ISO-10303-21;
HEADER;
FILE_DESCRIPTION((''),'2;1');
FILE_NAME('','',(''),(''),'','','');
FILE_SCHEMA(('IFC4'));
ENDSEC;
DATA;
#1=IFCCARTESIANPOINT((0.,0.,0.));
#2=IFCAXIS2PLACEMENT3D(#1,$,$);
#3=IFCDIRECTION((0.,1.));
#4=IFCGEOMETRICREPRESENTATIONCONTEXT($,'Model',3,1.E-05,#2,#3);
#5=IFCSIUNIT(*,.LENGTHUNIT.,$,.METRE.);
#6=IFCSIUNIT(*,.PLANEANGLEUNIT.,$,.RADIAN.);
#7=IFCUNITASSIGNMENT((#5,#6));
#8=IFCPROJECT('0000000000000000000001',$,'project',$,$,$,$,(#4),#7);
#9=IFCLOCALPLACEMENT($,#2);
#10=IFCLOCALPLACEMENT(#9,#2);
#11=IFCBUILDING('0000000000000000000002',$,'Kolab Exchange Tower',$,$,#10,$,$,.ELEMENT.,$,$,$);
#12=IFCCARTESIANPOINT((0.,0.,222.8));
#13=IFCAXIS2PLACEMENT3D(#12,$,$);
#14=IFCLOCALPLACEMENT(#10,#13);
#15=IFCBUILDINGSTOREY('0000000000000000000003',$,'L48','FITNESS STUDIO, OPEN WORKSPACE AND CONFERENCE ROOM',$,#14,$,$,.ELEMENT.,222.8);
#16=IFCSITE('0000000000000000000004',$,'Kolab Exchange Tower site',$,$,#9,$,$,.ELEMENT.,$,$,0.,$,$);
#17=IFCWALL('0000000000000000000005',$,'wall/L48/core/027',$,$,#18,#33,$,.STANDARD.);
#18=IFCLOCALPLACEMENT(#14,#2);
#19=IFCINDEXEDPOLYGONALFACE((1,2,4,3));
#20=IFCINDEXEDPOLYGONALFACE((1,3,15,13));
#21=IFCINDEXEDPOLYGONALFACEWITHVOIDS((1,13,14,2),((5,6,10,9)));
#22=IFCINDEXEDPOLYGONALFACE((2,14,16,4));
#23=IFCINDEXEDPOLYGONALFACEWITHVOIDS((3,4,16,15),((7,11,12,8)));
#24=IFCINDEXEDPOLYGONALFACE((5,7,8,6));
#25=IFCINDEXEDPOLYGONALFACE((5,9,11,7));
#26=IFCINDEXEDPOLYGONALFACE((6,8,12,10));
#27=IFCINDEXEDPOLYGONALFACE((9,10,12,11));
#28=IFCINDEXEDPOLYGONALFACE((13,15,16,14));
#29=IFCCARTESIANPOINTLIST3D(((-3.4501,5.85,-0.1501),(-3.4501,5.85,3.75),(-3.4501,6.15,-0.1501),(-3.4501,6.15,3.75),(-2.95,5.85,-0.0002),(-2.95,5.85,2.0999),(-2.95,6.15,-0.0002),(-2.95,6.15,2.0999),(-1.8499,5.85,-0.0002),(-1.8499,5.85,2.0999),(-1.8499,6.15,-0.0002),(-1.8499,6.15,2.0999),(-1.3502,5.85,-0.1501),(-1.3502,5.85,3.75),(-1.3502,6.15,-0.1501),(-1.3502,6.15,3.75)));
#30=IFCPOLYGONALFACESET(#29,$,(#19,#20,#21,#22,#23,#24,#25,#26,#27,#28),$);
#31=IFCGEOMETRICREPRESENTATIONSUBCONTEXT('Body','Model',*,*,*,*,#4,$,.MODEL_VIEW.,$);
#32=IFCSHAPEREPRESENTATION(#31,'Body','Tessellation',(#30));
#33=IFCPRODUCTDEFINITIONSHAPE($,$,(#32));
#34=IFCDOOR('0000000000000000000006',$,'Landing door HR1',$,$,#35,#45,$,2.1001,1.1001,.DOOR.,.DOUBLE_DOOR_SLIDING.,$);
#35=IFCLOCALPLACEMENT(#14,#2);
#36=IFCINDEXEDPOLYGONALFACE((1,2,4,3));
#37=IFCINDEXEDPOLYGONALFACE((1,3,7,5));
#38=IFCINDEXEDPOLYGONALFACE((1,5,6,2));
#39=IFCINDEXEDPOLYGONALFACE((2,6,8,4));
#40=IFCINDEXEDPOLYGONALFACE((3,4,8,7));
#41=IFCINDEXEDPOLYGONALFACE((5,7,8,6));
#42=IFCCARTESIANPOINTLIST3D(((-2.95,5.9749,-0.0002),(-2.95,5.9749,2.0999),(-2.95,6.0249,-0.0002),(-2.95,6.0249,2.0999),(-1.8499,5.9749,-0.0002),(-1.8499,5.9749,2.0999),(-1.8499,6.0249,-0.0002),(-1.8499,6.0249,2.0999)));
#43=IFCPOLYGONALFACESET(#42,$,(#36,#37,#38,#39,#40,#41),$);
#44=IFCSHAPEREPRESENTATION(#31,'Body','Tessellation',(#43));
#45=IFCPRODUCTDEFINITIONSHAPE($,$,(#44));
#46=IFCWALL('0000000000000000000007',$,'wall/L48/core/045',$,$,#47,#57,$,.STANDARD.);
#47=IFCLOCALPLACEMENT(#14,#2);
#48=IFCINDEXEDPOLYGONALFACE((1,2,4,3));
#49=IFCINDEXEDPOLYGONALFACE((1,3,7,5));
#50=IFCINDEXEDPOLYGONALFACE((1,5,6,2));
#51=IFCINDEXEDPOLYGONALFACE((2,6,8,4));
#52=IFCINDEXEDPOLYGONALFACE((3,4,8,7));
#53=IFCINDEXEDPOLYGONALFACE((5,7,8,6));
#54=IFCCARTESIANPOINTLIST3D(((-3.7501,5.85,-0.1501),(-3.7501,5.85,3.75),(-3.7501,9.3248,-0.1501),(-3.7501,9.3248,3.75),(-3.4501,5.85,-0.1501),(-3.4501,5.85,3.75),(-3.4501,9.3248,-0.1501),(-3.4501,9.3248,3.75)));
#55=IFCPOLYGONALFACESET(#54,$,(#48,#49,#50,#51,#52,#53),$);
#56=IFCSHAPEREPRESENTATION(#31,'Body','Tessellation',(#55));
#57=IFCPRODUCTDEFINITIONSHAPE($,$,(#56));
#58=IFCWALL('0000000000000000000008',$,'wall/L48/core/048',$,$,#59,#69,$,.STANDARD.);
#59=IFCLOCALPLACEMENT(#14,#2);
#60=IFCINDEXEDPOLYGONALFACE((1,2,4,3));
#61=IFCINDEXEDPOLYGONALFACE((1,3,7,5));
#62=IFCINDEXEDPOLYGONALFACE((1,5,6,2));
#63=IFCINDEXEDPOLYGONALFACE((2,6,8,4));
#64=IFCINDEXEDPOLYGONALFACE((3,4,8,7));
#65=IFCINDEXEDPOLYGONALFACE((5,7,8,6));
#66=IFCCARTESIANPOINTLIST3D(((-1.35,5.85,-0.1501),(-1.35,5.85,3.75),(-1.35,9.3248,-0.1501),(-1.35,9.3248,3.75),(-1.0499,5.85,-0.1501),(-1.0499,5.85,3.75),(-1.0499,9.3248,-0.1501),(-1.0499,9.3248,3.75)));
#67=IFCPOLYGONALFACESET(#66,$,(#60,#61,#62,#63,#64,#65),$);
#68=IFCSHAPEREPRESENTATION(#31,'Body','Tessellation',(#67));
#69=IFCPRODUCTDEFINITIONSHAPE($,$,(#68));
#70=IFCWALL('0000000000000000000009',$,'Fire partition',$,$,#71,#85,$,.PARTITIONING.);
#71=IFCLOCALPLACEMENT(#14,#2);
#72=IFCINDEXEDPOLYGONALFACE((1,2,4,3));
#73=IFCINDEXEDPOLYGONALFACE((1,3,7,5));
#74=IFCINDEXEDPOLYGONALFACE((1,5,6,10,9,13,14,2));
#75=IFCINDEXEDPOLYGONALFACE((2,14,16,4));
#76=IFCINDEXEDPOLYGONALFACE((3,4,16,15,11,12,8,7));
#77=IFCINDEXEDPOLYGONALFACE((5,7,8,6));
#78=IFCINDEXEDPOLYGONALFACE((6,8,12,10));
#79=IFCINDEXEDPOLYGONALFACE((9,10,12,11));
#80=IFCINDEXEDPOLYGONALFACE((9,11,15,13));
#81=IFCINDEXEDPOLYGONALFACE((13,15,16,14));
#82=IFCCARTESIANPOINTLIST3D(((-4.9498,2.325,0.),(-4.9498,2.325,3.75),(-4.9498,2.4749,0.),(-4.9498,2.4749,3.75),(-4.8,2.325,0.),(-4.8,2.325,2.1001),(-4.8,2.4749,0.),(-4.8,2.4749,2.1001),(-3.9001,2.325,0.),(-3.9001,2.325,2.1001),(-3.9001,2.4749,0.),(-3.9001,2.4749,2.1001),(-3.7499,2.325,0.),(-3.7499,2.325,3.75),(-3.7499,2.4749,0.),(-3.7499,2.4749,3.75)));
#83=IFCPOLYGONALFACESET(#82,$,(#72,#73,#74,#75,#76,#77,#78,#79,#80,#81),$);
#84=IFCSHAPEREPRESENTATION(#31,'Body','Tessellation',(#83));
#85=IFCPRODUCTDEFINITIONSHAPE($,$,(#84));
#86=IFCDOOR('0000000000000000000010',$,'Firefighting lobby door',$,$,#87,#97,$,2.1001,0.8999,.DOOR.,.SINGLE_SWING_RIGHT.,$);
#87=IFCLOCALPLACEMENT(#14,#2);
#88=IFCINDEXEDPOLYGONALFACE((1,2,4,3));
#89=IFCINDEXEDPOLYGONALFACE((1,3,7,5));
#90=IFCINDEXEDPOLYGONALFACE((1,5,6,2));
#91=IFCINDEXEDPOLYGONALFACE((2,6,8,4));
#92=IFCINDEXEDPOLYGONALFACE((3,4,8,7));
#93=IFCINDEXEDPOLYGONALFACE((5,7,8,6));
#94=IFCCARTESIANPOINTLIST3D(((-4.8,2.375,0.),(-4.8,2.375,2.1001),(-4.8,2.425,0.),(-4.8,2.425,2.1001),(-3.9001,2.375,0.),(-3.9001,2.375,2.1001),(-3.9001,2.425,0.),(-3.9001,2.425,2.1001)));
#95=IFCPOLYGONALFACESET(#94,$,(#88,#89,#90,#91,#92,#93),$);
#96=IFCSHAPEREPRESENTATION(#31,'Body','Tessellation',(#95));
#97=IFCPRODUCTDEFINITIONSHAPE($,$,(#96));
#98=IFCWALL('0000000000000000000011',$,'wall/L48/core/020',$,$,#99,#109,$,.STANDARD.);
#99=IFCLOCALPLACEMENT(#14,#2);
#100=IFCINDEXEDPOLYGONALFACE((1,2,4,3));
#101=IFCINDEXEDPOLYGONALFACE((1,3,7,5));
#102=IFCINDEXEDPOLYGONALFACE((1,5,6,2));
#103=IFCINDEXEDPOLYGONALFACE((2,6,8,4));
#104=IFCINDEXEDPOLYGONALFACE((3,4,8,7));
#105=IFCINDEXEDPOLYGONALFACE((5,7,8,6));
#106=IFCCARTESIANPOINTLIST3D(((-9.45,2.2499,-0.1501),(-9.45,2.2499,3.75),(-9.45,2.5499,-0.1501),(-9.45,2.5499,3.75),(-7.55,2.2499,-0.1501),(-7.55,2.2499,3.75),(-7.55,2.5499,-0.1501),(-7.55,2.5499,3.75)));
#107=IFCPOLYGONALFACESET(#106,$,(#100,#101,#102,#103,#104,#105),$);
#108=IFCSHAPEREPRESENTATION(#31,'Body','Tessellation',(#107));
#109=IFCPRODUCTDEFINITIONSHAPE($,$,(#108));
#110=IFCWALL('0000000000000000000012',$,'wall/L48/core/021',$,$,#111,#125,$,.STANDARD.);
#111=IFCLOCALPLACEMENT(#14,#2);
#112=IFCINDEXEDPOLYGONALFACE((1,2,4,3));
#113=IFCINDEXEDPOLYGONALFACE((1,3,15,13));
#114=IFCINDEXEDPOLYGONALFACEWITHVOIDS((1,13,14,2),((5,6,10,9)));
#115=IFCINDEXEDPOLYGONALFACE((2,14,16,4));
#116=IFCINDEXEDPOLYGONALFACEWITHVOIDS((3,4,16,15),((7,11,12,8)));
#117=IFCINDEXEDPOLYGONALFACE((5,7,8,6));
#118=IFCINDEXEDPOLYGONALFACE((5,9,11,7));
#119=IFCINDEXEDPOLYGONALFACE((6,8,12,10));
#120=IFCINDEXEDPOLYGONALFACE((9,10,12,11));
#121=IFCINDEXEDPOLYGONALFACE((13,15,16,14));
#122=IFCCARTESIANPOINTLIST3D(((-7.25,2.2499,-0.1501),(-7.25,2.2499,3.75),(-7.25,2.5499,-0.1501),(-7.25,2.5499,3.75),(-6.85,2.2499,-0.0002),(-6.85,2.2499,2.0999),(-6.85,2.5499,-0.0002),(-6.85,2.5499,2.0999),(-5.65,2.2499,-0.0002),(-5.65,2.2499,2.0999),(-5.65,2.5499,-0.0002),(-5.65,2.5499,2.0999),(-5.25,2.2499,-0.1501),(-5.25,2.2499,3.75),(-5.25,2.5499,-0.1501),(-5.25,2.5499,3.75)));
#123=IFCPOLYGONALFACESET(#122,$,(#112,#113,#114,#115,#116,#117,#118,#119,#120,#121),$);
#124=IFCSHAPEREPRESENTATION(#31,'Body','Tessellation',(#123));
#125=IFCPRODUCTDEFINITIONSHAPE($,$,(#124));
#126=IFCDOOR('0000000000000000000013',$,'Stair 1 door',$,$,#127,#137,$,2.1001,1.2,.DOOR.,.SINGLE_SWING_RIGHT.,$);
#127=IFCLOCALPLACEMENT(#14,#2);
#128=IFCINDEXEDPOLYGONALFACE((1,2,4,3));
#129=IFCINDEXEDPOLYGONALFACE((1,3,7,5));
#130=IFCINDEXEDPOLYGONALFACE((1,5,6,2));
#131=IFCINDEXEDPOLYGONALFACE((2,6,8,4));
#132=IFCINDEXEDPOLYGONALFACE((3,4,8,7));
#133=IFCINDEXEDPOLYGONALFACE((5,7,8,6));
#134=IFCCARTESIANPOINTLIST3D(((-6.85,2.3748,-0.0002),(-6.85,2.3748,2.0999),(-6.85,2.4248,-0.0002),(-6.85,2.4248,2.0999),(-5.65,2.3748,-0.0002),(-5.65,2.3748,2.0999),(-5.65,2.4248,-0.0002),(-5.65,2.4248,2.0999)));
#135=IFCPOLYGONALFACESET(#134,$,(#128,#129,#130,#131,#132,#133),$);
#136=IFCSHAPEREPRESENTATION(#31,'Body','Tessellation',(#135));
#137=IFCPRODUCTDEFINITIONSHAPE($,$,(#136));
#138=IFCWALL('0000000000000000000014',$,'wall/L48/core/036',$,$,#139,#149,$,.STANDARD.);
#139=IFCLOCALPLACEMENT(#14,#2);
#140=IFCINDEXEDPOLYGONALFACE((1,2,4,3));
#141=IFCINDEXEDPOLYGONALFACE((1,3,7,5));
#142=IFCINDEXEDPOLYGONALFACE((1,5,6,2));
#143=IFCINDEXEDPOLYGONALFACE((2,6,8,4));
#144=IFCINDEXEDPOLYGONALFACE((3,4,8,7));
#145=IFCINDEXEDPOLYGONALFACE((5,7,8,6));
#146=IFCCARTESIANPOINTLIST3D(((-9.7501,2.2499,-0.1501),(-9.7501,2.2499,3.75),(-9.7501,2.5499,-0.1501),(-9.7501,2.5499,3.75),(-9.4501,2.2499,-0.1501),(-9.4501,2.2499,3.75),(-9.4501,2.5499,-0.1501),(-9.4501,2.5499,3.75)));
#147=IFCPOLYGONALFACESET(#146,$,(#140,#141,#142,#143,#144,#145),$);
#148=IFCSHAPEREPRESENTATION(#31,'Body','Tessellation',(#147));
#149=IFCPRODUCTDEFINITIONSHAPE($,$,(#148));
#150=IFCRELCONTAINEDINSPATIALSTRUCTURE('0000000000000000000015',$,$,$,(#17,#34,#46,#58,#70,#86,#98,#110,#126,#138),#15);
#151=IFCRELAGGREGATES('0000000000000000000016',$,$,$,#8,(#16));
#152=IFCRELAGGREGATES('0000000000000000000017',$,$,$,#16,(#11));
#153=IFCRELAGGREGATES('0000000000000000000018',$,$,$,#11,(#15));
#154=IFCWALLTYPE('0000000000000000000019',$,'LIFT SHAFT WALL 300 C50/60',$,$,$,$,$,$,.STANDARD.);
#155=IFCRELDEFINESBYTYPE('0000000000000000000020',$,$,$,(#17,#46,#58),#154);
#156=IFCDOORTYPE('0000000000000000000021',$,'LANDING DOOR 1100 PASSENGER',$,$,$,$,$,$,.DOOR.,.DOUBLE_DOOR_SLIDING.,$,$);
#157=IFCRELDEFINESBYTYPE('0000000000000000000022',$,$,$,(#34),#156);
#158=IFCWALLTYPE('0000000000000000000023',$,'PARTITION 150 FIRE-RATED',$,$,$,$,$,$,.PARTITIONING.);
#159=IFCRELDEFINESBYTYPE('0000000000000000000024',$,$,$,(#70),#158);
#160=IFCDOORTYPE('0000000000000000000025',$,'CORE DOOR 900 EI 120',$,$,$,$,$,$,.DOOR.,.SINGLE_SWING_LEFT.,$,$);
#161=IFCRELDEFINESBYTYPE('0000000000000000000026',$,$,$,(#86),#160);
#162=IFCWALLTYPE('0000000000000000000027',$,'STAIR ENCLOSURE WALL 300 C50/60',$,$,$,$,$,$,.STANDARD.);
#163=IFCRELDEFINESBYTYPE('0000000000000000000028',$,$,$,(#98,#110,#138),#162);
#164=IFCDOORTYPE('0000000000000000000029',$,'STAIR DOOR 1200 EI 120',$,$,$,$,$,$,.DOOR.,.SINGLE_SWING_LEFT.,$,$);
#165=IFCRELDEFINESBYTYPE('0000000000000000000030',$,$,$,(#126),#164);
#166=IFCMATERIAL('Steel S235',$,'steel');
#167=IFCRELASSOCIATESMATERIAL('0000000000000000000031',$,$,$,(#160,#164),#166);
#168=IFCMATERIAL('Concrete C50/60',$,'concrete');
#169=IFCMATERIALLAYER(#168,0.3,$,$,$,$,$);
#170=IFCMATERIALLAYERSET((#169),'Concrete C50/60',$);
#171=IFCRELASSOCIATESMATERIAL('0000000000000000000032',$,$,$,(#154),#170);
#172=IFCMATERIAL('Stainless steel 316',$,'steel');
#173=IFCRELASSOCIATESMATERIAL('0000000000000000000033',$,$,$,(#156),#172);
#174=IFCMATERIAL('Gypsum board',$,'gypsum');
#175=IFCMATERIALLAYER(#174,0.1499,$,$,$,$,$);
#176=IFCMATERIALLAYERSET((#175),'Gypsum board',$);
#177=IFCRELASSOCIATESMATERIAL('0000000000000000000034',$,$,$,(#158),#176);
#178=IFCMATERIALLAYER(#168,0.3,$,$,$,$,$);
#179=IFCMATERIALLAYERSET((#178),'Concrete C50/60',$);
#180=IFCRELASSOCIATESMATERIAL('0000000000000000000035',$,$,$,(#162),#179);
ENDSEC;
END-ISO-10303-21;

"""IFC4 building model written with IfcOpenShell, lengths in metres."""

from ifc_helpers import new_model, si_unit, direction, frame, frame_2d, origin, place, context, subcontext, project, spatial, rectangle, extrude, material, layer, layer_set, type_object, element, fill, save


model = new_model("IFC4")

# Units and contexts
model_context = context("Model", 3, precision=1e-05, world=origin(), true_north=direction((0.0, 1.0)))
body_context = subcontext(model_context, "Body", "Model", "MODEL_VIEW")
ifc_project = project(units=[si_unit("LENGTHUNIT", "METRE"), si_unit("PLANEANGLEUNIT", "RADIAN")], contexts=[model_context])

# Site, building, storey
site_placement = place(None, origin())
site = spatial("IfcSite", under=ifc_project, at=site_placement, Name="Kolab Exchange Tower site", CompositionType="ELEMENT", RefElevation=0.0)
building_placement = place(site_placement, origin())
building = spatial("IfcBuilding", under=site, at=building_placement, Name="Kolab Exchange Tower", CompositionType="ELEMENT")
storey_placement = place(building_placement, frame((0.0, 0.0, 222.8)))
storey = spatial("IfcBuildingStorey", under=building, at=storey_placement, Name="L48", Description="FITNESS STUDIO, OPEN WORKSPACE AND CONFERENCE ROOM", CompositionType="ELEMENT", Elevation=222.8)

# Shared definitions
ifc_material_1 = material(Name="Concrete C50/60", Category="concrete")
ifc_material_2 = material(Name="Steel S235", Category="steel")
door_type_1 = type_object("IfcDoorType", Name="CORE DOOR 900 EI 120", OperationType="SINGLE_SWING_LEFT", PredefinedType="DOOR", material=ifc_material_2)

# Shared definitions
ifc_layer_1 = layer(ifc_material_1, 0.3)
ifc_layer_set_1 = layer_set([ifc_layer_1], Name="Concrete C50/60")
wall_type_1 = type_object("IfcWallType", Name="LIFT SHAFT WALL 300 C50/60", PredefinedType="STANDARD", material=ifc_layer_set_1)

# Wall, opening, door
ifc_material_3 = material(Name="Stainless steel 316", Category="steel")
door_type_2 = type_object("IfcDoorType", Name="LANDING DOOR 1100 PASSENGER", OperationType="DOUBLE_DOOR_SLIDING", PredefinedType="DOOR", material=ifc_material_3)
wall_1_placement = place(storey_placement, frame((-3.45, 6.0, -0.1501), z_axis=(0.0, 0.0, 1.0), x_axis=(1.0, 0.0, 0.0)))
wall_1 = element("IfcWall", 1, at=wall_1_placement, inside=storey, type_object=wall_type_1, Name="wall/L48/core/027", PredefinedType="STANDARD", context=body_context, shape_type="SweptSolid", body=[
    extrude(rectangle(XDim=2.0999, YDim=0.3, at=frame_2d((1.0498, 0.0))), origin(), (0.0, 0.0, 1.0), 3.9001),
])
opening_1_placement = place(wall_1_placement, frame((0.5, 0.0, 0.1499)))
opening_1 = element("IfcOpeningElement", 2, at=opening_1_placement, cuts=wall_1, PredefinedType="OPENING", context=body_context, shape_type="SweptSolid", body=[
    extrude(rectangle(XDim=1.1001, YDim=2.1001, at=frame_2d((0.55, 1.05))), frame((0.0, 0.1602, 0.0), z_axis=(0.0, -1.0, 0.0), x_axis=(1.0, 0.0, 0.0)), (0.0, 0.0, 1.0), 0.3201),
])
door_1_placement = place(opening_1_placement, origin())
door_1 = element("IfcDoor", 3, at=door_1_placement, inside=storey, type_object=door_type_2, Name="Landing door HR1", OperationType="DOUBLE_DOOR_SLIDING", OverallHeight=2.1001, OverallWidth=1.1001, PredefinedType="DOOR", context=body_context, shape_type="SweptSolid", body=[
    extrude(rectangle(XDim=1.1001, YDim=2.1001, at=frame_2d((0.55, 1.05))), frame((0.0, 0.0249, 0.0), z_axis=(0.0, -1.0, 0.0), x_axis=(1.0, 0.0, 0.0)), (0.0, 0.0, 1.0), 0.05),
])
fill(opening_1, door_1)

# Walls
for number, where, z_axis, x_axis, name in (
    (4, (-3.6001, 5.8501, -0.1501), (0.0, 0.0, 1.0), (0.0, 1.0, 0.0), "wall/L48/core/045"),
    (5, (-1.2, 5.8501, -0.1501), (0.0, 0.0, 1.0), (0.0, 1.0, 0.0), "wall/L48/core/048"),
):
    element("IfcWall", number, at=place(storey_placement, frame(where, z_axis=z_axis, x_axis=x_axis)), inside=storey, type_object=wall_type_1, Name=name, PredefinedType="STANDARD", context=body_context, shape_type="SweptSolid", body=[
        extrude(rectangle(XDim=3.4749, YDim=0.3, at=frame_2d((1.7373, 0.0))), origin(), (0.0, 0.0, 1.0), 3.9001),
    ])

# Wall, opening, door
ifc_material_4 = material(Name="Gypsum board", Category="gypsum")
ifc_layer_2 = layer(ifc_material_4, 0.1499)
ifc_layer_set_2 = layer_set([ifc_layer_2], Name="Gypsum board")
wall_type_2 = type_object("IfcWallType", Name="PARTITION 150 FIRE-RATED", PredefinedType="PARTITIONING", material=ifc_layer_set_2)
wall_2_placement = place(storey_placement, frame((-4.95, 2.3999, 0.0), z_axis=(0.0, 0.0, 1.0), x_axis=(1.0, 0.0, 0.0)))
wall_2 = element("IfcWall", 6, at=wall_2_placement, inside=storey, type_object=wall_type_2, Name="Fire partition", PredefinedType="PARTITIONING", context=body_context, shape_type="SweptSolid", body=[
    extrude(rectangle(XDim=1.2, YDim=0.1499, at=frame_2d((0.6001, 0.0))), origin(), (0.0, 0.0, 1.0), 3.75),
])
opening_2_placement = place(wall_2_placement, frame((0.1499, 0.0, 0.0)))
opening_2 = element("IfcOpeningElement", 7, at=opening_2_placement, cuts=wall_2, PredefinedType="OPENING", context=body_context, shape_type="SweptSolid", body=[
    extrude(rectangle(XDim=0.8999, YDim=2.1001, at=frame_2d((0.45, 1.05))), frame((0.0, 0.085, 0.0), z_axis=(0.0, -1.0, 0.0), x_axis=(1.0, 0.0, 0.0)), (0.0, 0.0, 1.0), 0.1699),
])
door_2_placement = place(opening_2_placement, frame((0.8999, 0.0, 0.0), z_axis=(0.0, 0.0, 1.0), x_axis=(-1.0, 0.0, 0.0)))
door_2 = element("IfcDoor", 8, at=door_2_placement, inside=storey, type_object=door_type_1, Name="Firefighting lobby door", OperationType="SINGLE_SWING_RIGHT", OverallHeight=2.1001, OverallWidth=0.8999, PredefinedType="DOOR", context=body_context, shape_type="SweptSolid", body=[
    extrude(rectangle(XDim=0.8999, YDim=2.1001, at=frame_2d((0.45, 1.05))), frame((0.0, 0.0249, 0.0), z_axis=(0.0, -1.0, 0.0), x_axis=(1.0, 0.0, 0.0)), (0.0, 0.0, 1.0), 0.05),
])
fill(opening_2, door_2)

# Wall
ifc_layer_3 = layer(ifc_material_1, 0.3)
ifc_layer_set_3 = layer_set([ifc_layer_3], Name="Concrete C50/60")
wall_type_3 = type_object("IfcWallType", Name="STAIR ENCLOSURE WALL 300 C50/60", PredefinedType="STANDARD", material=ifc_layer_set_3)
wall_3_placement = place(storey_placement, frame((-9.45, 2.3999, -0.1501), z_axis=(0.0, 0.0, 1.0), x_axis=(1.0, 0.0, 0.0)))
element("IfcWall", 9, at=wall_3_placement, inside=storey, type_object=wall_type_3, Name="wall/L48/core/020", PredefinedType="STANDARD", context=body_context, shape_type="SweptSolid", body=[
    extrude(rectangle(XDim=1.8999, YDim=0.3, at=frame_2d((0.95, 0.0))), origin(), (0.0, 0.0, 1.0), 3.9001),
])

# Wall, opening, door
wall_4_placement = place(storey_placement, frame((-7.25, 2.3999, -0.1501), z_axis=(0.0, 0.0, 1.0), x_axis=(1.0, 0.0, 0.0)))
wall_4 = element("IfcWall", 10, at=wall_4_placement, inside=storey, type_object=wall_type_3, Name="wall/L48/core/021", PredefinedType="STANDARD", context=body_context, shape_type="SweptSolid", body=[
    extrude(rectangle(XDim=2.0, YDim=0.3, at=frame_2d((1.0, 0.0))), origin(), (0.0, 0.0, 1.0), 3.9001),
])
opening_3_placement = place(wall_4_placement, frame((0.3999, 0.0, 0.1499)))
opening_3 = element("IfcOpeningElement", 11, at=opening_3_placement, cuts=wall_4, PredefinedType="OPENING", context=body_context, shape_type="SweptSolid", body=[
    extrude(rectangle(XDim=1.2, YDim=2.1001, at=frame_2d((0.6001, 1.05))), frame((0.0, 0.1602, 0.0), z_axis=(0.0, -1.0, 0.0), x_axis=(1.0, 0.0, 0.0)), (0.0, 0.0, 1.0), 0.3201),
])
door_type_3 = type_object("IfcDoorType", Name="STAIR DOOR 1200 EI 120", OperationType="SINGLE_SWING_LEFT", PredefinedType="DOOR", material=ifc_material_2)
door_3_placement = place(opening_3_placement, origin())
door_3 = element("IfcDoor", 12, at=door_3_placement, inside=storey, type_object=door_type_3, Name="Stair 1 door", OperationType="SINGLE_SWING_RIGHT", OverallHeight=2.1001, OverallWidth=1.2, PredefinedType="DOOR", context=body_context, shape_type="SweptSolid", body=[
    extrude(rectangle(XDim=1.2, YDim=2.1001, at=frame_2d((0.6001, 1.05))), frame((0.0, 0.0249, 0.0), z_axis=(0.0, -1.0, 0.0), x_axis=(1.0, 0.0, 0.0)), (0.0, 0.0, 1.0), 0.05),
])
fill(opening_3, door_3)

# Wall
wall_5_placement = place(storey_placement, frame((-9.6001, 2.25, -0.1501), z_axis=(0.0, 0.0, 1.0), x_axis=(0.0, 1.0, 0.0)))
element("IfcWall", 13, at=wall_5_placement, inside=storey, type_object=wall_type_3, Name="wall/L48/core/036", PredefinedType="STANDARD", context=body_context, shape_type="SweptSolid", body=[
    extrude(rectangle(XDim=0.3, YDim=0.3, at=frame_2d((0.1499, 0.0))), origin(), (0.0, 0.0, 1.0), 3.9001),
])

save(model, "model.ifc")
